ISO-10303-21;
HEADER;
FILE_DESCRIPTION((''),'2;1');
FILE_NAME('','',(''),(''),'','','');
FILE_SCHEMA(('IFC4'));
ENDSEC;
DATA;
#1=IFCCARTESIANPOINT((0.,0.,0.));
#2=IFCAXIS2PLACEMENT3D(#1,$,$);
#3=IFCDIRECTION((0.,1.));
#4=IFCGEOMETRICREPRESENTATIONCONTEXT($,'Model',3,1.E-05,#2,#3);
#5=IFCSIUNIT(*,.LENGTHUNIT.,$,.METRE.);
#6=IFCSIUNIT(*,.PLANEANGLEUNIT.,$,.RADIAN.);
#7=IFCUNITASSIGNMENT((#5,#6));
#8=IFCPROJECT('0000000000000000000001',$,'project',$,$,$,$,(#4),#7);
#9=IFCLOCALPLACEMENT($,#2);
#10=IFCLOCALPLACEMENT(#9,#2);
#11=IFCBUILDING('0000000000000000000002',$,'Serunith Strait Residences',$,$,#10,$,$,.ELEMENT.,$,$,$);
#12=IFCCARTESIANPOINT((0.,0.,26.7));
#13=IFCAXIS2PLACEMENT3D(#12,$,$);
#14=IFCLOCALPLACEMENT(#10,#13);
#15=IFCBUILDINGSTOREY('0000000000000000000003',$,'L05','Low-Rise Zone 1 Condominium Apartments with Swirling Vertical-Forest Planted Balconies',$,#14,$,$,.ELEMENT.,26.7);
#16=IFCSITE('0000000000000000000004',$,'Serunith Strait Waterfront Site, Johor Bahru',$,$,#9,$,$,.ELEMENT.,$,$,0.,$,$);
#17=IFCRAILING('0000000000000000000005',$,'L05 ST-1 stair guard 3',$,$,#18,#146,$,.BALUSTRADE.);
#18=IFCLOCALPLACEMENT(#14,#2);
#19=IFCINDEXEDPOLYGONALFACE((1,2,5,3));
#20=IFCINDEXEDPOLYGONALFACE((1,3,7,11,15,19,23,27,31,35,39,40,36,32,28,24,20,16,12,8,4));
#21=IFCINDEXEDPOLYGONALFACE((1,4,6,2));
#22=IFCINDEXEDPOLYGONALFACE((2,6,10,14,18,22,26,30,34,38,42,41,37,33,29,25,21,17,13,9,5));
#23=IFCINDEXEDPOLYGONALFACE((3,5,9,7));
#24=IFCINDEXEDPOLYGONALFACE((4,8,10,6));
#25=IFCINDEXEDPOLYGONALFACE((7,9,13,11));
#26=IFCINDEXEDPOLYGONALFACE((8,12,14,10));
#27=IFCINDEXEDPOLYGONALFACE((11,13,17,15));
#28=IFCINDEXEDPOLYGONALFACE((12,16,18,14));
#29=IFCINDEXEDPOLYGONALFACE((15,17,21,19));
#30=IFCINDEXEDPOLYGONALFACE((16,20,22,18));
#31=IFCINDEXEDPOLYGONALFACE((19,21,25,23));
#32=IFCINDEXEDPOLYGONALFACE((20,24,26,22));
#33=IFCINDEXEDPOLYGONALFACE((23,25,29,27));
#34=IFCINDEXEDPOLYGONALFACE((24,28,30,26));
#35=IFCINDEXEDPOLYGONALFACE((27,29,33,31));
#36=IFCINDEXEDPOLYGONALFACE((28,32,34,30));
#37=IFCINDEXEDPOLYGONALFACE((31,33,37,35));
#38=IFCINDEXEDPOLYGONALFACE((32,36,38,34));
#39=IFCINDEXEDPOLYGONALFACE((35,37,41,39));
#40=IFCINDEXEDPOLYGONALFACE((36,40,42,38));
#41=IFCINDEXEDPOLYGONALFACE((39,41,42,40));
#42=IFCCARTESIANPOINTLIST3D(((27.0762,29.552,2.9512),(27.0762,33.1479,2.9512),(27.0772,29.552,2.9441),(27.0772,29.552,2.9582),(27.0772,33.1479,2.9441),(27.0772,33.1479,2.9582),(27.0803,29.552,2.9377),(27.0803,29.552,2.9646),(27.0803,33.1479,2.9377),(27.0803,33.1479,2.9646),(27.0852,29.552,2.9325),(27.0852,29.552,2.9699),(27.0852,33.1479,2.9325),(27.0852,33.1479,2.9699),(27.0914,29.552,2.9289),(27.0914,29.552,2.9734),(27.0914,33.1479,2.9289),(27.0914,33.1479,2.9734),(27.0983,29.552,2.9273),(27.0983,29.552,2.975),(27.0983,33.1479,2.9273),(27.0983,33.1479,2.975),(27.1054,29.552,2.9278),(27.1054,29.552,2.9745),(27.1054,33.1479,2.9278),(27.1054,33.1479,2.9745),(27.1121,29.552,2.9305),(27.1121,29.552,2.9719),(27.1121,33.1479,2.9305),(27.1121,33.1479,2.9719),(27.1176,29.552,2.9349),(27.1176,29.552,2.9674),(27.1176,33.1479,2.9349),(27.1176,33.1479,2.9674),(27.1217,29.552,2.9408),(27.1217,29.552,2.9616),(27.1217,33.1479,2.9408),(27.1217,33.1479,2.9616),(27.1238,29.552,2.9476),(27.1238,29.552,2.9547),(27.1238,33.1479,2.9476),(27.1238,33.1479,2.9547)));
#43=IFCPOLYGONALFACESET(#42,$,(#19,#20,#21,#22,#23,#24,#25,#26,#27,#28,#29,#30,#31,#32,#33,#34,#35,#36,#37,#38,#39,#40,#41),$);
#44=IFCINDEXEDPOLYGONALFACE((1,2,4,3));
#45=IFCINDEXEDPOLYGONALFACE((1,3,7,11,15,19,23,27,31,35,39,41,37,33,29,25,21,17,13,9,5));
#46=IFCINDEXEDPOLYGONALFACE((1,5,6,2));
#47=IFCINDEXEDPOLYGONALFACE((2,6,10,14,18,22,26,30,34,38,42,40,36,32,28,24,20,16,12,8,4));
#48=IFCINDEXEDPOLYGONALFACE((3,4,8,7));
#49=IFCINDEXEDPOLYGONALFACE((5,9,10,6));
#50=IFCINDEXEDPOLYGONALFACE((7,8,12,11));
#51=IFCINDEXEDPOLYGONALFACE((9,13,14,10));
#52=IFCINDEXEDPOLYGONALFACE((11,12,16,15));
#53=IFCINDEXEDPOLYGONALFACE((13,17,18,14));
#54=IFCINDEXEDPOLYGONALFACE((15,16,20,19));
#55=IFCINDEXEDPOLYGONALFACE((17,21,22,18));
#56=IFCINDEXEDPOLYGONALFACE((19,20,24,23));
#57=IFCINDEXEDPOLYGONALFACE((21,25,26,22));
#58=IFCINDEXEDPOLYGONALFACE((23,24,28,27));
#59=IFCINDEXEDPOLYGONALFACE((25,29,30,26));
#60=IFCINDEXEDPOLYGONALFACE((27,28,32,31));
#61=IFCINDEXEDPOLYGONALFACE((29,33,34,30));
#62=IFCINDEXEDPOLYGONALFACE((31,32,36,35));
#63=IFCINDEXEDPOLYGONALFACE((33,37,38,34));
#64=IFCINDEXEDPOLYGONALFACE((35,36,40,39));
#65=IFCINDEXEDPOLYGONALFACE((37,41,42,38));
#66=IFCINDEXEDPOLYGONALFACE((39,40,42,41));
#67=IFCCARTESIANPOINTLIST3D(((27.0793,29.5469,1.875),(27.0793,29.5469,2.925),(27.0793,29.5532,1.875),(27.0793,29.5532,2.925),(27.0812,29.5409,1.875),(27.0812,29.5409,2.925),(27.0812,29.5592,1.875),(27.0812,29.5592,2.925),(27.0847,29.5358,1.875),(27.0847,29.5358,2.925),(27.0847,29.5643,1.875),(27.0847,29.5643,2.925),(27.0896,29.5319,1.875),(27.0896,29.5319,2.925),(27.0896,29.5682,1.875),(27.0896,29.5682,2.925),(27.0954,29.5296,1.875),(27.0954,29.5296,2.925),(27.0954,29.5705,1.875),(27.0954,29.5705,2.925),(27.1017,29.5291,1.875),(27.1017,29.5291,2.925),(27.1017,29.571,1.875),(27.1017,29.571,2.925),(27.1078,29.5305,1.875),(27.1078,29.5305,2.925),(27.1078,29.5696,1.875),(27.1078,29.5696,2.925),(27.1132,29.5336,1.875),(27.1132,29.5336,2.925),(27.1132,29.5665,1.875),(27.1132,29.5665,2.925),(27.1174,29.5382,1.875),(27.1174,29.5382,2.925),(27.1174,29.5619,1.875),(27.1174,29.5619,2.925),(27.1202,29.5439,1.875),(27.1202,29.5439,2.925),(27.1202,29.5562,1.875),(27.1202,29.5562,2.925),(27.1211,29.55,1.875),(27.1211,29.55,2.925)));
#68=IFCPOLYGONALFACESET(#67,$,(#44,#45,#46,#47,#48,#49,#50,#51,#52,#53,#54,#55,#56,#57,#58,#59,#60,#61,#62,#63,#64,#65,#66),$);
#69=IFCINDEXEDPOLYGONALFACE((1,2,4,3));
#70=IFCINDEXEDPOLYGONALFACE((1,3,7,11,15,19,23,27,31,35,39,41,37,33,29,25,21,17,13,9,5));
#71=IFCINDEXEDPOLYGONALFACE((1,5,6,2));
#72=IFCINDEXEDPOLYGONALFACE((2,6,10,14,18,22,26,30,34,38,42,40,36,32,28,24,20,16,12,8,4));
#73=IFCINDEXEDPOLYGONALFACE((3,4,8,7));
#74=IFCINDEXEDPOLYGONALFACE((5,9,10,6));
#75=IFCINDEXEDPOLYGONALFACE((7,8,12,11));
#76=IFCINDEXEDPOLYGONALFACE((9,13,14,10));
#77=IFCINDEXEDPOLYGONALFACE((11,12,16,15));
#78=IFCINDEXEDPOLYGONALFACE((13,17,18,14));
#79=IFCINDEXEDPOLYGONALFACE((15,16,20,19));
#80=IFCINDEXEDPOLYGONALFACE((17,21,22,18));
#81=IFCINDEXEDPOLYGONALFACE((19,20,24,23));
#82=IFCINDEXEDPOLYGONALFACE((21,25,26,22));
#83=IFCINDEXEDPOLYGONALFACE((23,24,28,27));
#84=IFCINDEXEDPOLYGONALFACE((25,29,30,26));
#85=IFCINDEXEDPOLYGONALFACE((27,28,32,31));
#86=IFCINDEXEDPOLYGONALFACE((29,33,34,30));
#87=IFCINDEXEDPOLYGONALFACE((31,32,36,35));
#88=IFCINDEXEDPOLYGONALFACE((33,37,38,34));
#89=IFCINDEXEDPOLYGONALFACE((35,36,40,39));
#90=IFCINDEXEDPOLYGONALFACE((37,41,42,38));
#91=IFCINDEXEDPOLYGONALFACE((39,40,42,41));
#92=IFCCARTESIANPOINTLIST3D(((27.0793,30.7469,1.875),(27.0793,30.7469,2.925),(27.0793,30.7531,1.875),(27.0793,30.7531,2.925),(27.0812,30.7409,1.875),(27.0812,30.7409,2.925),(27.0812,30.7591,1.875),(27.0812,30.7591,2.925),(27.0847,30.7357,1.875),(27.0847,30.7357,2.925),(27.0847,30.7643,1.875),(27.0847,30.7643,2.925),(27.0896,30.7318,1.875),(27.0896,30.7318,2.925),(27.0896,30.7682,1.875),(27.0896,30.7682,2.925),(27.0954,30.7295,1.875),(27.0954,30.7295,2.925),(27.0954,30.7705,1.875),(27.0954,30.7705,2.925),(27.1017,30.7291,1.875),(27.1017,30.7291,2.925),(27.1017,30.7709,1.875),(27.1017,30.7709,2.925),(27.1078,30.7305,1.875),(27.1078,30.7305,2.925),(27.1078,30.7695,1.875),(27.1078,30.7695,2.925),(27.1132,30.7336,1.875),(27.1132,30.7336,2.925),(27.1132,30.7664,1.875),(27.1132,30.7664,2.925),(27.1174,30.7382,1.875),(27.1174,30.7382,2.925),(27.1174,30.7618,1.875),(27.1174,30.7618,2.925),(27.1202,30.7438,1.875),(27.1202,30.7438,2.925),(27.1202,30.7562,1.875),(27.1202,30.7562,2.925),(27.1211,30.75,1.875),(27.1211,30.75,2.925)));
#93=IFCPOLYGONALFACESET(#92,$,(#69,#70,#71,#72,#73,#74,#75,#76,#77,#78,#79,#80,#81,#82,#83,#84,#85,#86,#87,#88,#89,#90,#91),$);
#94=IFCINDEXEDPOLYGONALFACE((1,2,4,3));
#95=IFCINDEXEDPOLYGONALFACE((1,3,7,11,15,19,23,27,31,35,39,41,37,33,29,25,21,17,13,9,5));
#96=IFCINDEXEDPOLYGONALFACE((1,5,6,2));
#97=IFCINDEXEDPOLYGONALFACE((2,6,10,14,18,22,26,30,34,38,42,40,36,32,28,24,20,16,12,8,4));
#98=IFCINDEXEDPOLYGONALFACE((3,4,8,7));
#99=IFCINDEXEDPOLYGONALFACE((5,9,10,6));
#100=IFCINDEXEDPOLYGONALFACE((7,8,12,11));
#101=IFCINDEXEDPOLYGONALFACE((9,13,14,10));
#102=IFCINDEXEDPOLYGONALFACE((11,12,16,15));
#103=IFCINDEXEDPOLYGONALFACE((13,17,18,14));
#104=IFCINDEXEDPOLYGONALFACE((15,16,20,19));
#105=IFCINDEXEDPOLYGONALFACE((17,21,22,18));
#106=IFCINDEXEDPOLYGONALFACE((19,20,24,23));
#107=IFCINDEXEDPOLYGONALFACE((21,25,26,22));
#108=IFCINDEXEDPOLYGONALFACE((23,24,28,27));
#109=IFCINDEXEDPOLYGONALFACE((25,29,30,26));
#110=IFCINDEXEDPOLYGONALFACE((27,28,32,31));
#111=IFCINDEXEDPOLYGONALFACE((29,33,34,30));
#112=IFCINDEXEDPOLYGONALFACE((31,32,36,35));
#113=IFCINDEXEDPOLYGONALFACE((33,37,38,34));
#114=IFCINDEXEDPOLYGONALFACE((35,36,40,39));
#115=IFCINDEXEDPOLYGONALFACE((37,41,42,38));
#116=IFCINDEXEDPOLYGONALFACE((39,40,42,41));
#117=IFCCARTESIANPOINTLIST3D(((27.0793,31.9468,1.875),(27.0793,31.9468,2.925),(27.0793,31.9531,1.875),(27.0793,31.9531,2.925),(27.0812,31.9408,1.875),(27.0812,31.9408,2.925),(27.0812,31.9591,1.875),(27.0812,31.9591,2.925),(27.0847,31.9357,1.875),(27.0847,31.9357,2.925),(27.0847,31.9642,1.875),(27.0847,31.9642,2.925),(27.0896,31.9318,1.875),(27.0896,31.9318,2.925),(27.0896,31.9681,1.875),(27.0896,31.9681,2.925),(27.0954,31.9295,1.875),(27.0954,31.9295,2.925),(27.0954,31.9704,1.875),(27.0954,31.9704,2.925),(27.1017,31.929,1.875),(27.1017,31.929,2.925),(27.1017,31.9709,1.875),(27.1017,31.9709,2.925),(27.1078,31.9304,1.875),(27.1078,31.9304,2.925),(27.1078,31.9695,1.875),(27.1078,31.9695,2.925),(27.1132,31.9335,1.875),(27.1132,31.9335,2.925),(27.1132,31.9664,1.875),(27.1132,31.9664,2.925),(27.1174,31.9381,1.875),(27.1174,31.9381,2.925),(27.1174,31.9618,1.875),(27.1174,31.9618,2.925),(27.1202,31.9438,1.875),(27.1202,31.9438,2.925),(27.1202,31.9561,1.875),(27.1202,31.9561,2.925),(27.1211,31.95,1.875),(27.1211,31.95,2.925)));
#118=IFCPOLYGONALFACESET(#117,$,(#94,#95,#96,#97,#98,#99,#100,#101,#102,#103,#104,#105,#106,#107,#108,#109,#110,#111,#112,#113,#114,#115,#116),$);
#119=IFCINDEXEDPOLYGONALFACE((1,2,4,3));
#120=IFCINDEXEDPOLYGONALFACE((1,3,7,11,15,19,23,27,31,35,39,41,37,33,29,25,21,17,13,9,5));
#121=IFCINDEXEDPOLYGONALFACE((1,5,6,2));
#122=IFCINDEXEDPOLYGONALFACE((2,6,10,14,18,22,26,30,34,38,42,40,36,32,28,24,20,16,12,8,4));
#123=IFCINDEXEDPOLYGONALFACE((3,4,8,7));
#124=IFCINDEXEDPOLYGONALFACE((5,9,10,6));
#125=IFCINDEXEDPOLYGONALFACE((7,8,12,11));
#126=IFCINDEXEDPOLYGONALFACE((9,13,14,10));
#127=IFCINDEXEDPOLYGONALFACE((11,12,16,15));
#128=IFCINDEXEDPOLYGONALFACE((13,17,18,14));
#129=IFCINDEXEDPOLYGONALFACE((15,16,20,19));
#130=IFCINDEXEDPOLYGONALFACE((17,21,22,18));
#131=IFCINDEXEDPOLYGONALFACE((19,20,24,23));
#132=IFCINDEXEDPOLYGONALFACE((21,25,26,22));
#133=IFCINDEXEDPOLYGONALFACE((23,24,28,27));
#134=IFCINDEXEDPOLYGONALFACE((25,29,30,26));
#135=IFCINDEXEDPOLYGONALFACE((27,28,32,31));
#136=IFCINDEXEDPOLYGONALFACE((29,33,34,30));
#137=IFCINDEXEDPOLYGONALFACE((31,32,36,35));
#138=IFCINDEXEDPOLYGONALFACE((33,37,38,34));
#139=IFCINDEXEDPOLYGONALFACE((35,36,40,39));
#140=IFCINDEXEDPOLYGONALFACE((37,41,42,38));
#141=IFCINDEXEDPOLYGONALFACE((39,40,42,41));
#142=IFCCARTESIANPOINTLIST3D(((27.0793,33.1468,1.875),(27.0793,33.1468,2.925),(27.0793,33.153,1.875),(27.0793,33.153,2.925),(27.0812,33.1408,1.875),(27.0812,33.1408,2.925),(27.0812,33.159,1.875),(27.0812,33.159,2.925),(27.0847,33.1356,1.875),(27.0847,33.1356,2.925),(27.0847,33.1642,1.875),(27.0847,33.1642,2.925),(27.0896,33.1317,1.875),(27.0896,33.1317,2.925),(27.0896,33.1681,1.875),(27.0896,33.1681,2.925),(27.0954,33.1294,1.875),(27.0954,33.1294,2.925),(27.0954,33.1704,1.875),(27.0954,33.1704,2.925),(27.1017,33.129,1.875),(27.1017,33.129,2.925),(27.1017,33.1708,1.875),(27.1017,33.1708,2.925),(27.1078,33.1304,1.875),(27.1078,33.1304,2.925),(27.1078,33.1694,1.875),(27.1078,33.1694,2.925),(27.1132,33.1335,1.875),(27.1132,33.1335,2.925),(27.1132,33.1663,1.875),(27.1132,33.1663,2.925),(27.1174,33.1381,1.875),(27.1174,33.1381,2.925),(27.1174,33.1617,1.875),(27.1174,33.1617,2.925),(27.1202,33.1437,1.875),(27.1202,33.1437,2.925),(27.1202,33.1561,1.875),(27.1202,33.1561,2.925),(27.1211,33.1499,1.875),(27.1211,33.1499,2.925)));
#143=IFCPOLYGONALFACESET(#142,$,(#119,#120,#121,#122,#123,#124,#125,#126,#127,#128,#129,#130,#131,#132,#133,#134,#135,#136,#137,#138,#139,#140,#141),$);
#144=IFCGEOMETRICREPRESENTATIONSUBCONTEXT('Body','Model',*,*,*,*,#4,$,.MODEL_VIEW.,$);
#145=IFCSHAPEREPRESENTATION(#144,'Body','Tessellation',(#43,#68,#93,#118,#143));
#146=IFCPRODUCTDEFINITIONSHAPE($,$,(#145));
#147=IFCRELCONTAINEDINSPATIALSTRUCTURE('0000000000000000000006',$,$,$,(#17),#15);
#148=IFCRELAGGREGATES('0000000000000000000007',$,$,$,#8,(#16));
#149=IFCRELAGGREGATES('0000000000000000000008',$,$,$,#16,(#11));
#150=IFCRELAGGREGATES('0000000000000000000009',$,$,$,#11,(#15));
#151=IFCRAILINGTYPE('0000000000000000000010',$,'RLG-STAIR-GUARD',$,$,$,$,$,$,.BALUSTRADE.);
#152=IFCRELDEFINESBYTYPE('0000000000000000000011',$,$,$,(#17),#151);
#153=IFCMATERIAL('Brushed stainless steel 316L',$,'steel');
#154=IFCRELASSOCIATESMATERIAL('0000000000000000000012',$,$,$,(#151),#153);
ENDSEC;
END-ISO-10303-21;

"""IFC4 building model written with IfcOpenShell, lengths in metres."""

from ifc_helpers import new_model, si_unit, direction, frame, origin, origin_2d, place, context, subcontext, project, spatial, circle, extrude, material, type_object, element, save


model = new_model("IFC4")

# Units and contexts
model_context = context("Model", 3, precision=1e-05, world=origin(), true_north=direction((0.0, 1.0)))
body_context = subcontext(model_context, "Body", "Model", "MODEL_VIEW")
ifc_project = project(units=[si_unit("LENGTHUNIT", "METRE"), si_unit("PLANEANGLEUNIT", "RADIAN")], contexts=[model_context])

# Site, building, storey
site_placement = place(None, origin())
site = spatial("IfcSite", under=ifc_project, at=site_placement, Name="Serunith Strait Waterfront Site, Johor Bahru", CompositionType="ELEMENT", RefElevation=0.0)
building_placement = place(site_placement, origin())
building = spatial("IfcBuilding", under=site, at=building_placement, Name="Serunith Strait Residences", CompositionType="ELEMENT")
storey_placement = place(building_placement, frame((0.0, 0.0, 26.7)))
storey = spatial("IfcBuildingStorey", under=building, at=storey_placement, Name="L05", Description="Low-Rise Zone 1 Condominium Apartments with Swirling Vertical-Forest Planted Balconies", CompositionType="ELEMENT", Elevation=26.7)

# Railing
ifc_material_1 = material(Name="Brushed stainless steel 316L", Category="steel")
railing_type_1 = type_object("IfcRailingType", Name="RLG-STAIR-GUARD", PredefinedType="BALUSTRADE", material=ifc_material_1)
for number, where, name in (
    (1, (27.1001, 29.55, 1.875), "L05 ST-1 stair guard 3"),
):
    element("IfcRailing", number, at=place(storey_placement, frame(where)), inside=storey, type_object=railing_type_1, Name=name, PredefinedType="BALUSTRADE", context=body_context, shape_type="SweptSolid", body=[
        extrude(circle(Radius=0.0239, at=origin_2d()), frame((0.0, 0.002, 1.0762), z_axis=(0.0, 1.0, 0.0), x_axis=(-1.0, 0.0, 0.0)), (0.0, 0.0, 1.0), 3.5959),
        extrude(circle(Radius=0.021, at=origin_2d()), origin(), (0.0, 0.0, 1.0), 1.05),
        extrude(circle(Radius=0.021, at=origin_2d()), frame((0.0, 1.2, 0.0)), (0.0, 0.0, 1.0), 1.05),
        extrude(circle(Radius=0.021, at=origin_2d()), frame((0.0, 2.3999, 0.0)), (0.0, 0.0, 1.0), 1.05),
        extrude(circle(Radius=0.021, at=origin_2d()), frame((0.0, 3.5999, 0.0)), (0.0, 0.0, 1.0), 1.05),
    ])

save(model, "model.ifc")
